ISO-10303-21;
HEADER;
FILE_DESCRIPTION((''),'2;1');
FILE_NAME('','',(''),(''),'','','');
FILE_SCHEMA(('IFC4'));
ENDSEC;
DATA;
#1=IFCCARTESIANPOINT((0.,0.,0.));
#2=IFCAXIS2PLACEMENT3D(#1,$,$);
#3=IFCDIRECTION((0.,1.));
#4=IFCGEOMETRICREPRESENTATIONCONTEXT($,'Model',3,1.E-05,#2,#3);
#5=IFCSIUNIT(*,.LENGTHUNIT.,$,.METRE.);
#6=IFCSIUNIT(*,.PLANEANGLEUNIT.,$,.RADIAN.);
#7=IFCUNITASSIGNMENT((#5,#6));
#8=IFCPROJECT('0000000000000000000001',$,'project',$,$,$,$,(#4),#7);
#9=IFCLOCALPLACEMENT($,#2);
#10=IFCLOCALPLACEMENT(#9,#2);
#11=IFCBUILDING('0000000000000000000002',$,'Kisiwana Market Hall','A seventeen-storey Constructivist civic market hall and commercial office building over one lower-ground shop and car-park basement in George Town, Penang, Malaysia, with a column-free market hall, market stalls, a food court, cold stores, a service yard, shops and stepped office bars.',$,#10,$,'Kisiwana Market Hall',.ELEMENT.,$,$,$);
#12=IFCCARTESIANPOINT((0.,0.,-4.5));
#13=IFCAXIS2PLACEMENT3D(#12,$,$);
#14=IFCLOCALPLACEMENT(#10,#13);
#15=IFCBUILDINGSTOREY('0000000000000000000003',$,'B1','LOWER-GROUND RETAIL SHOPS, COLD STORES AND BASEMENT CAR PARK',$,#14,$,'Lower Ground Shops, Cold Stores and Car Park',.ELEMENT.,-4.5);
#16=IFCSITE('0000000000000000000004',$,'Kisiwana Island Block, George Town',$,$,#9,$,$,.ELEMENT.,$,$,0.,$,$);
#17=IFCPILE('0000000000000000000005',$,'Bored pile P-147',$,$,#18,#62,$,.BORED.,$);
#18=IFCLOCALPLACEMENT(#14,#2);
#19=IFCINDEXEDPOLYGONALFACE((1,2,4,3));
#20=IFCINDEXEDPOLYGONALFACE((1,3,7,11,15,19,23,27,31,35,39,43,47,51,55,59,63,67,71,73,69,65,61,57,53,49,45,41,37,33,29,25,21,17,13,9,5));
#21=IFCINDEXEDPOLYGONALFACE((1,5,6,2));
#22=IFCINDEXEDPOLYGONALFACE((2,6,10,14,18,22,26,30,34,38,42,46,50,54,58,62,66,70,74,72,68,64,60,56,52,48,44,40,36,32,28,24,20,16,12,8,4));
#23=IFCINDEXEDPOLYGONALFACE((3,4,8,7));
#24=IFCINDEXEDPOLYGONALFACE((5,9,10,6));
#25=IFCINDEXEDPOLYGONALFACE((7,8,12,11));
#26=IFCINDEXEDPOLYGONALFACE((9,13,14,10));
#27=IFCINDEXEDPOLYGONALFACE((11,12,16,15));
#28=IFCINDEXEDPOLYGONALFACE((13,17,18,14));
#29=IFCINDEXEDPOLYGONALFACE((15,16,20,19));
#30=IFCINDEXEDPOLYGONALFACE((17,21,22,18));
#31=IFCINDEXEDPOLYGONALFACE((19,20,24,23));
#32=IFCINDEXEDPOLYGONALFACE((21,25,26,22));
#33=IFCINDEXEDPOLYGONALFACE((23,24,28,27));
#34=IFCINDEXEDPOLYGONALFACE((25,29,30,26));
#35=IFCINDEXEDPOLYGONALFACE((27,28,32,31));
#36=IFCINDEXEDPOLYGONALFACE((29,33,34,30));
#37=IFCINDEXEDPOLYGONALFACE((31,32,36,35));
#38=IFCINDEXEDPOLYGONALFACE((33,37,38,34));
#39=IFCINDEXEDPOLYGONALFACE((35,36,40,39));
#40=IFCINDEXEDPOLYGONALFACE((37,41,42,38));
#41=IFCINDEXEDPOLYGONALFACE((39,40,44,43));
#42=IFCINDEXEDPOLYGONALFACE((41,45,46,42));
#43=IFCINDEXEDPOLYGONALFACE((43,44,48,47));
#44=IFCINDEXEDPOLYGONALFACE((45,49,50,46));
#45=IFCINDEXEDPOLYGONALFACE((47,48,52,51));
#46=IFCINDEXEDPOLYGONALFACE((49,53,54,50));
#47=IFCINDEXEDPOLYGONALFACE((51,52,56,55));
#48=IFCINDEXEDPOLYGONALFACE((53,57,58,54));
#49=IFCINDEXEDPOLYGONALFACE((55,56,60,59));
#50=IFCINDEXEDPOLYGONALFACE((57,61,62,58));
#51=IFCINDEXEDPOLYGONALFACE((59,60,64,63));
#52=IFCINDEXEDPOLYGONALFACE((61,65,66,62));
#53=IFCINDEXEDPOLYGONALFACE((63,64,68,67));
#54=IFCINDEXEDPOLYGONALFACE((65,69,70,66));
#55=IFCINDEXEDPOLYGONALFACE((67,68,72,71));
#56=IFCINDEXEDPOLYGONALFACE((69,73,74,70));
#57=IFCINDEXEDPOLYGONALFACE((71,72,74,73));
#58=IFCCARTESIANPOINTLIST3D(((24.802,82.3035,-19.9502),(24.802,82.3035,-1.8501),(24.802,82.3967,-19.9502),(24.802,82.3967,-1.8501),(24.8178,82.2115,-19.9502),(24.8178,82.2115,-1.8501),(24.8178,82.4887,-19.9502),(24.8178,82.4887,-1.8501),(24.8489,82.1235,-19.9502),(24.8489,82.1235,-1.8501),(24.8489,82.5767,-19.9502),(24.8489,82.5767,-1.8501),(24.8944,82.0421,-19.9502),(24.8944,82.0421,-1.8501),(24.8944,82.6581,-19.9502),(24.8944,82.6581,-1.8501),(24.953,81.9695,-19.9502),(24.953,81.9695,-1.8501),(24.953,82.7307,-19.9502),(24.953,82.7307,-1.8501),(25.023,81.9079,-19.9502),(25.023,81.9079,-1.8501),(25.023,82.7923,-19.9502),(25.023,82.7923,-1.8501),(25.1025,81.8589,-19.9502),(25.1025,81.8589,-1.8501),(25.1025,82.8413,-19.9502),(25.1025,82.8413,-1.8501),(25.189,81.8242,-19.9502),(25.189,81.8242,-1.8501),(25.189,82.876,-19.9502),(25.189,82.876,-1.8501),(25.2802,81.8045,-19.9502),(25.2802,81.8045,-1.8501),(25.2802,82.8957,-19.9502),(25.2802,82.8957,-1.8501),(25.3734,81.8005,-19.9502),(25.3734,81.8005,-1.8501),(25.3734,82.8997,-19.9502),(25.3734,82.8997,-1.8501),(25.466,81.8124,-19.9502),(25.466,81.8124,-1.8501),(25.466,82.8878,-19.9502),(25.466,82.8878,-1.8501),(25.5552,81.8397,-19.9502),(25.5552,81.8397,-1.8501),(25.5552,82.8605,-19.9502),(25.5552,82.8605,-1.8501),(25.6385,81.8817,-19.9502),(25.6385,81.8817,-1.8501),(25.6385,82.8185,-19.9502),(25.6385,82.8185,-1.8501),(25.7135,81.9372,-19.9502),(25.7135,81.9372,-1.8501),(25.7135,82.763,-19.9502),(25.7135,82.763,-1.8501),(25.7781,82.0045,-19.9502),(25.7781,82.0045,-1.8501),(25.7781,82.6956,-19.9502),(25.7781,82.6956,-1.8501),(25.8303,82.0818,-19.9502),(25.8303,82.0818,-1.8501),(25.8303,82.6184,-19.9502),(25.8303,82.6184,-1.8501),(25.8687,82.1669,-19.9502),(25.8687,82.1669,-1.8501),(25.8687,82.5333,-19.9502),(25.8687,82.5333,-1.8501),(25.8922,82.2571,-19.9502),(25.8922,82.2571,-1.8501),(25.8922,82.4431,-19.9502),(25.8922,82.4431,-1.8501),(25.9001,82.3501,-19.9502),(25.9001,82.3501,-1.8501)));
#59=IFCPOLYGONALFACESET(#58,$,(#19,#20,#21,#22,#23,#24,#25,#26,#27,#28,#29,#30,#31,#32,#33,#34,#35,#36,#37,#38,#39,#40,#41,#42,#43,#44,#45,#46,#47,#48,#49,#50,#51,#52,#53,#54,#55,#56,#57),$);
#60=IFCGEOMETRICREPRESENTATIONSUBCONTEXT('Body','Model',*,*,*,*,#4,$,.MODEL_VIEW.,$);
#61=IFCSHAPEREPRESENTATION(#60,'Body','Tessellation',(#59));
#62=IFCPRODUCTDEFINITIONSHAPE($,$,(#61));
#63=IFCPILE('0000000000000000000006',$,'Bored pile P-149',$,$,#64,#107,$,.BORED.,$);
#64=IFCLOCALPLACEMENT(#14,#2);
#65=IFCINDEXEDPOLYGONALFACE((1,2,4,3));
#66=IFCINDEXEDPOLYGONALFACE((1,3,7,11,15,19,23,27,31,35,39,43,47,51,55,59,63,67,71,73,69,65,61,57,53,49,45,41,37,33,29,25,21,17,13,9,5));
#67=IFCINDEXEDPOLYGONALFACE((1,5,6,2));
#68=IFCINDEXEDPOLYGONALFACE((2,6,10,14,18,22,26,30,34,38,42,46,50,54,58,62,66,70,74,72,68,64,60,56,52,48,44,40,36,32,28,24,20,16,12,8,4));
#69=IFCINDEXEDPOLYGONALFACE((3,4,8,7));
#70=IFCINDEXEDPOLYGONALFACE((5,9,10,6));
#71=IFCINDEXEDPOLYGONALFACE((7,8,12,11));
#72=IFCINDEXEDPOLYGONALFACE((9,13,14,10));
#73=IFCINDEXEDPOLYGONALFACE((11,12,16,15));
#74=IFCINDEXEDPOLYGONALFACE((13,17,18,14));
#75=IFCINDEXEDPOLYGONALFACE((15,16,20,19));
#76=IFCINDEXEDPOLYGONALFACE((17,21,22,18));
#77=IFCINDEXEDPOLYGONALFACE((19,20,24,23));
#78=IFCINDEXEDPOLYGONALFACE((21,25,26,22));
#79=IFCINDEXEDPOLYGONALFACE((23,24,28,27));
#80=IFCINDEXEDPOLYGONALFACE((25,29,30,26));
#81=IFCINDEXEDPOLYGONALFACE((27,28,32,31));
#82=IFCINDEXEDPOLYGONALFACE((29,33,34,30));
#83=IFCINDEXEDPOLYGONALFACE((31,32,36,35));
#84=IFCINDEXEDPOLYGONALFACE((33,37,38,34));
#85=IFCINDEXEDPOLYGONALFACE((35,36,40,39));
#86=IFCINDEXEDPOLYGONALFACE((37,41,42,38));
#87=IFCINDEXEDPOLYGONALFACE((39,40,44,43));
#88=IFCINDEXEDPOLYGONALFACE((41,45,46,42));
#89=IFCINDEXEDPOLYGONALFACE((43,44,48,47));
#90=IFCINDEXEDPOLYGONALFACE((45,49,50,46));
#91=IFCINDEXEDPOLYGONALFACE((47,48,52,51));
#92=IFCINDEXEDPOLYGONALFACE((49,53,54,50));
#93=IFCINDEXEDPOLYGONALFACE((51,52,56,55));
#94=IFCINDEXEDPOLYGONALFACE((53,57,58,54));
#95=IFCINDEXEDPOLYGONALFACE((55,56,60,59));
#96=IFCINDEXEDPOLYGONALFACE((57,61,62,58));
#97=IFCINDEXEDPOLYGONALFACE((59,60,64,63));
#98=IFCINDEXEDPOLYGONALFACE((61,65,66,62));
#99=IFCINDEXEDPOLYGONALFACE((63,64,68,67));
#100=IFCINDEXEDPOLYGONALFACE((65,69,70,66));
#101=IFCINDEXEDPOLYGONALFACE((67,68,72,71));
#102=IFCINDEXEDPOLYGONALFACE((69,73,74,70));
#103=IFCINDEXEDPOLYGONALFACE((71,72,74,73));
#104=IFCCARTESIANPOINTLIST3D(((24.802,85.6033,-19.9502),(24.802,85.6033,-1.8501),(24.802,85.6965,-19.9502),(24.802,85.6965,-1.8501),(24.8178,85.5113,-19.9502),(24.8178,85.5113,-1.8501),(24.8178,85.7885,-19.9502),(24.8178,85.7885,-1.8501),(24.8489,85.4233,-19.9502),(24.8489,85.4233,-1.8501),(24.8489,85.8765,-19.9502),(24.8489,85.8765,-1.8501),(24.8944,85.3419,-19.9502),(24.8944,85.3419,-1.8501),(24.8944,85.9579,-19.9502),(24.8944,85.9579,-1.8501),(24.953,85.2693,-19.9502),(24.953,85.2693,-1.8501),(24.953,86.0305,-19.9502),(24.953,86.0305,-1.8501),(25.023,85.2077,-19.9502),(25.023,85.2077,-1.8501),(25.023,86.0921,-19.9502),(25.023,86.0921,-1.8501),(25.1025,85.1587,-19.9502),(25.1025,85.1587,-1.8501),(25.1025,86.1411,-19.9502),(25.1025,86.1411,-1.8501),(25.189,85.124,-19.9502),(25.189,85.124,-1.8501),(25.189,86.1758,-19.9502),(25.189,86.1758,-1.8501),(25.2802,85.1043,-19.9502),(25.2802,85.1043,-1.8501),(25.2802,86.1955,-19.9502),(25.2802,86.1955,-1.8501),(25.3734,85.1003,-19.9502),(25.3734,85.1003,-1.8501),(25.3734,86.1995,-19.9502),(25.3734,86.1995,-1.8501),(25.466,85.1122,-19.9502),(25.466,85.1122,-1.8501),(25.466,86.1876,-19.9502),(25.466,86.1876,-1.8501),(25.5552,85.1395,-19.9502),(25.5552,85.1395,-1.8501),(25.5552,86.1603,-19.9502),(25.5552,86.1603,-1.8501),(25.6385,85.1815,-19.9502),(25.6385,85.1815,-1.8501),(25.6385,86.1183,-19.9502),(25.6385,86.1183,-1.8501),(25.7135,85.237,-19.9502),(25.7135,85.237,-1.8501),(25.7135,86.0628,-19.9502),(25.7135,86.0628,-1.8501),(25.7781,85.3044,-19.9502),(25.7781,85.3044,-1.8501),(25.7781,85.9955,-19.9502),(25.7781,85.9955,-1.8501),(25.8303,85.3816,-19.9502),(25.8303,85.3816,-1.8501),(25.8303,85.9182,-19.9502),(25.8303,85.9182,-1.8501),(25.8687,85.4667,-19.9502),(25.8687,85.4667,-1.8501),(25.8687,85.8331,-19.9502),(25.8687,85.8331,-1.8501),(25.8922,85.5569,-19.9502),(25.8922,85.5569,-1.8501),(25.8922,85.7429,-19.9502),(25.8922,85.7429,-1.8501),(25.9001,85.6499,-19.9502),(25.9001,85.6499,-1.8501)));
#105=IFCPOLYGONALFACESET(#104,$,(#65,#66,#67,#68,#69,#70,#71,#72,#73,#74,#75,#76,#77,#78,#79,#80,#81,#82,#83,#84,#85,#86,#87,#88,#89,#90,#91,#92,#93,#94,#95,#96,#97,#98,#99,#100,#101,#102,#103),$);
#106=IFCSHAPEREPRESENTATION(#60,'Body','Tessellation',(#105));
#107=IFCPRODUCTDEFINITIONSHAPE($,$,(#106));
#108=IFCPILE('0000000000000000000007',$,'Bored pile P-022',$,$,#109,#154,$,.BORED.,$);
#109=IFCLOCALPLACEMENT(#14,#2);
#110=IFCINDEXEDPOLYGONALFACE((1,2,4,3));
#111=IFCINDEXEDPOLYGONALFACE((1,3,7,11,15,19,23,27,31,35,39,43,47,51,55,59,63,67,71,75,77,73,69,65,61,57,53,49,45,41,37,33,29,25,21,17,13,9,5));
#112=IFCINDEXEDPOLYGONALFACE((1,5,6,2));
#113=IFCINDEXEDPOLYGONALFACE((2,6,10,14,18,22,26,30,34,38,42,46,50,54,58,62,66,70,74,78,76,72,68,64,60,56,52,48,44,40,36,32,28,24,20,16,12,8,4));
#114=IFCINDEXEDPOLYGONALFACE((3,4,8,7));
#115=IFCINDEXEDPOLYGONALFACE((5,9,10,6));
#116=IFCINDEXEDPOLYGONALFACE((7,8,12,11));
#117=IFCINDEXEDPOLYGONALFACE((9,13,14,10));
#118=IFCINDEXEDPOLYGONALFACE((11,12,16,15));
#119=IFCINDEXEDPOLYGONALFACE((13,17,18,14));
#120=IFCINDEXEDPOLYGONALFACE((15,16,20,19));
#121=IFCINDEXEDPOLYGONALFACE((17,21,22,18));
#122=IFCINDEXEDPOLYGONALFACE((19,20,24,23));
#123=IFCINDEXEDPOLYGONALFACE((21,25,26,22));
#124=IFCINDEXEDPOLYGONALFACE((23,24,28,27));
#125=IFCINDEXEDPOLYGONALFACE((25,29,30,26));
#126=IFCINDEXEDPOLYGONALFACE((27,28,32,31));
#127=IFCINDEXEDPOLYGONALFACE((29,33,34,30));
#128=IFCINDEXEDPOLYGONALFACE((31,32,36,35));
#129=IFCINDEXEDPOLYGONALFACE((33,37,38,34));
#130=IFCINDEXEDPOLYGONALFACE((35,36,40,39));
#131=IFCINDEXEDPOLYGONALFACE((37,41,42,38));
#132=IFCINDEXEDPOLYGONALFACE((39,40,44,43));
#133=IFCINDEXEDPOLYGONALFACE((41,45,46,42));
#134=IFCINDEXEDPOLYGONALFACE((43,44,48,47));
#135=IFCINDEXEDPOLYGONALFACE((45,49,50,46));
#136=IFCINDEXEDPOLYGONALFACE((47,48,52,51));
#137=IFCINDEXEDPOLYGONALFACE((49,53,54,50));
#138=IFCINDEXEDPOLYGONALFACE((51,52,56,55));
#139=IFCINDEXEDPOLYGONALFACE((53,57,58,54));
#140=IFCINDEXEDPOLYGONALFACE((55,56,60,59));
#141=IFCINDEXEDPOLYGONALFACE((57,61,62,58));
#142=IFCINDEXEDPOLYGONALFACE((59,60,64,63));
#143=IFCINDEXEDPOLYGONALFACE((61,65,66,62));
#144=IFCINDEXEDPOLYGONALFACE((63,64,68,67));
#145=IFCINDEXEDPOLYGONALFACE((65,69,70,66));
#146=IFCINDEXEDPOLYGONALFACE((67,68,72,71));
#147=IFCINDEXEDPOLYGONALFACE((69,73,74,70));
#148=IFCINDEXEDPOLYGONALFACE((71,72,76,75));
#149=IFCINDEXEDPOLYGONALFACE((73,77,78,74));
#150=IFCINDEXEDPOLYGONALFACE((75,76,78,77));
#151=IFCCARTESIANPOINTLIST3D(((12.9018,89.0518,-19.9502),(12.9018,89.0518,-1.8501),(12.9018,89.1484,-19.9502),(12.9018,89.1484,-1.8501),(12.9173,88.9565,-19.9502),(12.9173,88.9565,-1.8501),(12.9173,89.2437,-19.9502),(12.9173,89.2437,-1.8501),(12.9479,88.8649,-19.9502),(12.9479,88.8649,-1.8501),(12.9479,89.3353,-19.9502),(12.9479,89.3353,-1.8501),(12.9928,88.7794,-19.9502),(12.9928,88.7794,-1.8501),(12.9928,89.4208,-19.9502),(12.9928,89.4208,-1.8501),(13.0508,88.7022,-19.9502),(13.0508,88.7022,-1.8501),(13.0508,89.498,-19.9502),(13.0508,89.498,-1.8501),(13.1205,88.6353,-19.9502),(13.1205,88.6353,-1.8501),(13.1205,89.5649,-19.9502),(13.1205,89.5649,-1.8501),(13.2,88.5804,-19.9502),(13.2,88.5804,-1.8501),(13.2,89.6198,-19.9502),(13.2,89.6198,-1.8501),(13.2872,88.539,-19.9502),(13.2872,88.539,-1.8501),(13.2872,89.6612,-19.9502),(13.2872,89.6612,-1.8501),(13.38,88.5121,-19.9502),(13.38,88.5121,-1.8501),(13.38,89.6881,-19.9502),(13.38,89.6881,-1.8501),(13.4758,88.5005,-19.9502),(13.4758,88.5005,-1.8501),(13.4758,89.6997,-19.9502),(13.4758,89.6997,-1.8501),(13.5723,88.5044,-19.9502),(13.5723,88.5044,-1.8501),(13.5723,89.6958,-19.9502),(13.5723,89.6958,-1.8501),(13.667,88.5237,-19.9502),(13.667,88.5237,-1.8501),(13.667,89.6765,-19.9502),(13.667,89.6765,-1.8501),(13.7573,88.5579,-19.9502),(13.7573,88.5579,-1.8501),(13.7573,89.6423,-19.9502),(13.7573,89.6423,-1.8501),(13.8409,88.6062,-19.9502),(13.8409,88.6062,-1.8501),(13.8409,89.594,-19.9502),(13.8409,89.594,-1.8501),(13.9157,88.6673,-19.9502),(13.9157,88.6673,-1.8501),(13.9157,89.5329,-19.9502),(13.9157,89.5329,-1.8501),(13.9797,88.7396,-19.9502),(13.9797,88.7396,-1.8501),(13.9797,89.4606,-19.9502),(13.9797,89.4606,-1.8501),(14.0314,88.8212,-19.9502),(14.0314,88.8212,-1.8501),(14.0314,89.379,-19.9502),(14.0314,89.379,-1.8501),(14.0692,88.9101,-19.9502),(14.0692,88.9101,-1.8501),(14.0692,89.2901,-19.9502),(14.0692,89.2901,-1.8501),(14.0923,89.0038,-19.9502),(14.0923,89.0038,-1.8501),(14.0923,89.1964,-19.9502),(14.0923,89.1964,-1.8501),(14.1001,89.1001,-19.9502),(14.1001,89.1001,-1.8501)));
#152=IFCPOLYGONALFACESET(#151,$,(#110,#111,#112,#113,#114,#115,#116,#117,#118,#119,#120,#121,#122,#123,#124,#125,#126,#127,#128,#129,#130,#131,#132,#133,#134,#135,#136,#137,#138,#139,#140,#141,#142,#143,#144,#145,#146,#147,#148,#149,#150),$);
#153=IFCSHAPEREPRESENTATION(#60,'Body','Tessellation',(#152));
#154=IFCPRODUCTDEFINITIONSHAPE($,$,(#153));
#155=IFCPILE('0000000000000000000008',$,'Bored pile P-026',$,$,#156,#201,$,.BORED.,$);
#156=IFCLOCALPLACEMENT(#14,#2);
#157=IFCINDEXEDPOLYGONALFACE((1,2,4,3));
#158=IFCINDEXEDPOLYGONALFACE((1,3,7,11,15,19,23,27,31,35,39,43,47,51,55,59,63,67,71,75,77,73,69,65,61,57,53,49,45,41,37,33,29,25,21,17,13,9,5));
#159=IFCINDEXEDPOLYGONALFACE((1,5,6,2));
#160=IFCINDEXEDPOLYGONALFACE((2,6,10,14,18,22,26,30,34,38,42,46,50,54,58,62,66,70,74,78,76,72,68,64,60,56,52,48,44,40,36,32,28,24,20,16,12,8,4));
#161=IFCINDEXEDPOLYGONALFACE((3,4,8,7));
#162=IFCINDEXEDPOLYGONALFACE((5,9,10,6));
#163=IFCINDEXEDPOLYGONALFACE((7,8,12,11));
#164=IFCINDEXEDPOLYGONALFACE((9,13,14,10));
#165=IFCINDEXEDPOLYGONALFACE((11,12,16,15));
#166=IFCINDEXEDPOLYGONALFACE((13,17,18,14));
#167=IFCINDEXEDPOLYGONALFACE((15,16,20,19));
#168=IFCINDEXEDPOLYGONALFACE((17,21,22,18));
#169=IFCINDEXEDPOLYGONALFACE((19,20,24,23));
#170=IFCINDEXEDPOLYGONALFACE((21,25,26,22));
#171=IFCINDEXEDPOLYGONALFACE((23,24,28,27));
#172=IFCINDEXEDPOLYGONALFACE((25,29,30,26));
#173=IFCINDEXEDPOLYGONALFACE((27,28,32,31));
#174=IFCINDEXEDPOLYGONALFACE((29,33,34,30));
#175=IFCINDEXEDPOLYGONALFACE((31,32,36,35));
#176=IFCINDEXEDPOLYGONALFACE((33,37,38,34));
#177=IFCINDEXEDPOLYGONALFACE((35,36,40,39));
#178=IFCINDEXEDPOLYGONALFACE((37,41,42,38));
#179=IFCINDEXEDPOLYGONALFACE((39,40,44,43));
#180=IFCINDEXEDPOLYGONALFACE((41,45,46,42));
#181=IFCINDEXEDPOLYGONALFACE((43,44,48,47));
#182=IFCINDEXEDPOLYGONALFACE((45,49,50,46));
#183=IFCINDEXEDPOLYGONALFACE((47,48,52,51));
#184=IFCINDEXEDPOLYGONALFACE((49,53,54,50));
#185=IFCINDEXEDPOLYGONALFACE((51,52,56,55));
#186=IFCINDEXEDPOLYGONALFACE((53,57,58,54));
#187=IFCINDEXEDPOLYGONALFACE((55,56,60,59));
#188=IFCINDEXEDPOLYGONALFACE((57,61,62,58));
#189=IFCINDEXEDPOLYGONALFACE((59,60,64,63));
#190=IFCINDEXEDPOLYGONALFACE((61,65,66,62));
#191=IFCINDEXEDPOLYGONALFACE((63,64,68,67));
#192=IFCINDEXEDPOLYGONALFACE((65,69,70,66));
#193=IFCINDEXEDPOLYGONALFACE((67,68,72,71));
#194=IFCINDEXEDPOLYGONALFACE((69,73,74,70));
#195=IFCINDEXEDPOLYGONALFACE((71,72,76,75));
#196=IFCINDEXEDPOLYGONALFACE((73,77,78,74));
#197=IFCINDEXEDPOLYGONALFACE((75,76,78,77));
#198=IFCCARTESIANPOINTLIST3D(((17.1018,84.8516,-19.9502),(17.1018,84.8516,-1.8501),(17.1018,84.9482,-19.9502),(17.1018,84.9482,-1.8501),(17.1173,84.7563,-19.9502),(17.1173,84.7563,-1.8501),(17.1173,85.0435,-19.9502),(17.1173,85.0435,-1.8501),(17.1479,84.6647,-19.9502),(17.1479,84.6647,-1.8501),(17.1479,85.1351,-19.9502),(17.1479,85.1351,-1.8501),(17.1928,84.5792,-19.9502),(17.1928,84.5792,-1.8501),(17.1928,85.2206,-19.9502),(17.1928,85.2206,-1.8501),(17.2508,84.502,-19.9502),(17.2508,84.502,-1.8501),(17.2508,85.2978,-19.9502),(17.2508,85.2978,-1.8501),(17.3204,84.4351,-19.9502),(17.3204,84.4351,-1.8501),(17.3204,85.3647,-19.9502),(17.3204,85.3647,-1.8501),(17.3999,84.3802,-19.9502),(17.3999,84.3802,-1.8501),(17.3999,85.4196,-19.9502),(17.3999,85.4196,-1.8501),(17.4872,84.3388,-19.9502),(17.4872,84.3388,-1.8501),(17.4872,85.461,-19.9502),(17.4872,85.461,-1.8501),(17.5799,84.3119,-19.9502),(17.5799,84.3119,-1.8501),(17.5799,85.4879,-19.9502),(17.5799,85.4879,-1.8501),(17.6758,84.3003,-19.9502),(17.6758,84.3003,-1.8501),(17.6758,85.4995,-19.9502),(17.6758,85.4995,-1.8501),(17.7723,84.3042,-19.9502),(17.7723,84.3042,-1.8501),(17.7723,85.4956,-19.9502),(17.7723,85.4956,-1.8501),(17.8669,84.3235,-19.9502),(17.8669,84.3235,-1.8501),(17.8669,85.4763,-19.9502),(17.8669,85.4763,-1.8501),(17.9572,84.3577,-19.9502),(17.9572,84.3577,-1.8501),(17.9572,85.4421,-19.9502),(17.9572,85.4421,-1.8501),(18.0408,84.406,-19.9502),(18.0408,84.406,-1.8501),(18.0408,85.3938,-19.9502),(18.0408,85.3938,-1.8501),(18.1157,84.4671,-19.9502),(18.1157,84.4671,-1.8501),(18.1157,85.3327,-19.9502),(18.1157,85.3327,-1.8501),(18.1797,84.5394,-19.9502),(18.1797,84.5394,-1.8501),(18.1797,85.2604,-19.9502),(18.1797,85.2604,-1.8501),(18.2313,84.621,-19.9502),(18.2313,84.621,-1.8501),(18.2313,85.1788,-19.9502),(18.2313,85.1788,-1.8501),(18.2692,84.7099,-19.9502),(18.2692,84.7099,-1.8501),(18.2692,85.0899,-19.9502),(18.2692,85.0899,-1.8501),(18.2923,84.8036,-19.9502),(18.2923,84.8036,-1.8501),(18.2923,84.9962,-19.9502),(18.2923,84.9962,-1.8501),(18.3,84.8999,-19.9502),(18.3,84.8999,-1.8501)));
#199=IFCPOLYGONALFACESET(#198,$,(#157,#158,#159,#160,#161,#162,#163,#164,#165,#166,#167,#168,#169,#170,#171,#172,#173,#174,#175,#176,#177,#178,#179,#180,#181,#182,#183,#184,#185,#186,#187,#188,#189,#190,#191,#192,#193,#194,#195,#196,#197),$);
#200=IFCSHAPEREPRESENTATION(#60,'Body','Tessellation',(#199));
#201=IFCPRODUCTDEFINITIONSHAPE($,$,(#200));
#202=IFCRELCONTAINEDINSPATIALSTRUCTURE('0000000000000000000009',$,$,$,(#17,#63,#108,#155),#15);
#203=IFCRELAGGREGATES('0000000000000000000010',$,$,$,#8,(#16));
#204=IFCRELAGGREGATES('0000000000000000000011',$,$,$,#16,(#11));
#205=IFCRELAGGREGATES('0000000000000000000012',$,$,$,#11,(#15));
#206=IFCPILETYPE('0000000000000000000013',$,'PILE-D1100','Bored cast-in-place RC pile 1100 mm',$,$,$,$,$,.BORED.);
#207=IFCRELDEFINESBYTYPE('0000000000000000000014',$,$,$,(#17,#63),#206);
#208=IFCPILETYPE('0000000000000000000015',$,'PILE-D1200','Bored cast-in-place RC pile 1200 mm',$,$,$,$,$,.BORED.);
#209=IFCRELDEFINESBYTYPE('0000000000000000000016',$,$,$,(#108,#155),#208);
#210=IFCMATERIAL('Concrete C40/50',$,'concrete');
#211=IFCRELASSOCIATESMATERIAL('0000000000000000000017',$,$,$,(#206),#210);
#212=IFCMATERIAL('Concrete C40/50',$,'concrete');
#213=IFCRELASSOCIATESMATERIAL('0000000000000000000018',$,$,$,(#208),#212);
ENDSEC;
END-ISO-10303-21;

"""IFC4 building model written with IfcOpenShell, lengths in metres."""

from ifc_helpers import new_model, si_unit, direction, frame, origin, origin_2d, place, context, subcontext, project, spatial, circle, extrude, material, material_profile, profile_set, type_object, element, save


model = new_model("IFC4")

# Units and contexts
model_context = context("Model", 3, precision=1e-05, world=origin(), true_north=direction((0.0, 1.0)))
body_context = subcontext(model_context, "Body", "Model", "MODEL_VIEW")
ifc_project = project(units=[si_unit("LENGTHUNIT", "METRE"), si_unit("PLANEANGLEUNIT", "RADIAN")], contexts=[model_context])

# Site, building, storey
site_placement = place(None, origin())
site = spatial("IfcSite", under=ifc_project, at=site_placement, Name="Kisiwana Island Block, George Town", CompositionType="ELEMENT", RefElevation=0.0)
building_placement = place(site_placement, origin())
building = spatial("IfcBuilding", under=site, at=building_placement, Name="Kisiwana Market Hall", Description="A seventeen-storey Constructivist civic market hall and commercial office building over one lower-ground shop and car-park basement in George Town, Penang, Malaysia, with a column-free market hall, market stalls, a food court, cold stores, a service yard, shops and stepped office bars.", LongName="Kisiwana Market Hall", CompositionType="ELEMENT")
storey_placement = place(building_placement, frame((0.0, 0.0, -4.5)))
storey = spatial("IfcBuildingStorey", under=building, at=storey_placement, Name="B1", Description="LOWER-GROUND RETAIL SHOPS, COLD STORES AND BASEMENT CAR PARK", LongName="Lower Ground Shops, Cold Stores and Car Park", CompositionType="ELEMENT", Elevation=-4.5)

# Piles
ifc_material_1 = material(Name="Concrete C40/50", Category="concrete")
ifc_material_profile_1 = material_profile(ifc_material_1, circle(Radius=0.55, at=origin_2d()), Name="BP D1100")
ifc_profile_set_1 = profile_set([ifc_material_profile_1], Name="Concrete C40/50")
pile_type_1 = type_object("IfcPileType", Name="PILE-D1100", Description="Bored cast-in-place RC pile 1100 mm", PredefinedType="BORED", material=ifc_profile_set_1)
for number, where, z_axis, x_axis, name in (
    (1, (25.3501, 82.3501, -1.8501), (0.0, 0.0, -1.0), (1.0, 0.0, 0.0), "Bored pile P-147"),
    (2, (25.3501, 85.6499, -1.8501), (0.0, 0.0, -1.0), (1.0, 0.0, 0.0), "Bored pile P-149"),
):
    element("IfcPile", number, at=place(storey_placement, frame(where, z_axis=z_axis, x_axis=x_axis)), inside=storey, type_object=pile_type_1, Name=name, PredefinedType="BORED", context=body_context, shape_type="SweptSolid", body=[
        extrude(circle(Radius=0.55, at=origin_2d()), origin(), (0.0, 0.0, 1.0), 18.1001),
    ])
ifc_material_2 = material(Name="Concrete C40/50", Category="concrete")
ifc_material_profile_2 = material_profile(ifc_material_2, circle(Radius=0.6001, at=origin_2d()), Name="BP D1200")
ifc_profile_set_2 = profile_set([ifc_material_profile_2], Name="Concrete C40/50")
pile_type_2 = type_object("IfcPileType", Name="PILE-D1200", Description="Bored cast-in-place RC pile 1200 mm", PredefinedType="BORED", material=ifc_profile_set_2)
for number, where, z_axis, x_axis, name in (
    (3, (13.5, 89.1001, -1.8501), (0.0, 0.0, -1.0), (1.0, 0.0, 0.0), "Bored pile P-022"),
    (4, (17.7, 84.8999, -1.8501), (0.0, 0.0, -1.0), (1.0, 0.0, 0.0), "Bored pile P-026"),
):
    element("IfcPile", number, at=place(storey_placement, frame(where, z_axis=z_axis, x_axis=x_axis)), inside=storey, type_object=pile_type_2, Name=name, PredefinedType="BORED", context=body_context, shape_type="SweptSolid", body=[
        extrude(circle(Radius=0.6001, at=origin_2d()), origin(), (0.0, 0.0, 1.0), 18.1001),
    ])

save(model, "model.ifc")
